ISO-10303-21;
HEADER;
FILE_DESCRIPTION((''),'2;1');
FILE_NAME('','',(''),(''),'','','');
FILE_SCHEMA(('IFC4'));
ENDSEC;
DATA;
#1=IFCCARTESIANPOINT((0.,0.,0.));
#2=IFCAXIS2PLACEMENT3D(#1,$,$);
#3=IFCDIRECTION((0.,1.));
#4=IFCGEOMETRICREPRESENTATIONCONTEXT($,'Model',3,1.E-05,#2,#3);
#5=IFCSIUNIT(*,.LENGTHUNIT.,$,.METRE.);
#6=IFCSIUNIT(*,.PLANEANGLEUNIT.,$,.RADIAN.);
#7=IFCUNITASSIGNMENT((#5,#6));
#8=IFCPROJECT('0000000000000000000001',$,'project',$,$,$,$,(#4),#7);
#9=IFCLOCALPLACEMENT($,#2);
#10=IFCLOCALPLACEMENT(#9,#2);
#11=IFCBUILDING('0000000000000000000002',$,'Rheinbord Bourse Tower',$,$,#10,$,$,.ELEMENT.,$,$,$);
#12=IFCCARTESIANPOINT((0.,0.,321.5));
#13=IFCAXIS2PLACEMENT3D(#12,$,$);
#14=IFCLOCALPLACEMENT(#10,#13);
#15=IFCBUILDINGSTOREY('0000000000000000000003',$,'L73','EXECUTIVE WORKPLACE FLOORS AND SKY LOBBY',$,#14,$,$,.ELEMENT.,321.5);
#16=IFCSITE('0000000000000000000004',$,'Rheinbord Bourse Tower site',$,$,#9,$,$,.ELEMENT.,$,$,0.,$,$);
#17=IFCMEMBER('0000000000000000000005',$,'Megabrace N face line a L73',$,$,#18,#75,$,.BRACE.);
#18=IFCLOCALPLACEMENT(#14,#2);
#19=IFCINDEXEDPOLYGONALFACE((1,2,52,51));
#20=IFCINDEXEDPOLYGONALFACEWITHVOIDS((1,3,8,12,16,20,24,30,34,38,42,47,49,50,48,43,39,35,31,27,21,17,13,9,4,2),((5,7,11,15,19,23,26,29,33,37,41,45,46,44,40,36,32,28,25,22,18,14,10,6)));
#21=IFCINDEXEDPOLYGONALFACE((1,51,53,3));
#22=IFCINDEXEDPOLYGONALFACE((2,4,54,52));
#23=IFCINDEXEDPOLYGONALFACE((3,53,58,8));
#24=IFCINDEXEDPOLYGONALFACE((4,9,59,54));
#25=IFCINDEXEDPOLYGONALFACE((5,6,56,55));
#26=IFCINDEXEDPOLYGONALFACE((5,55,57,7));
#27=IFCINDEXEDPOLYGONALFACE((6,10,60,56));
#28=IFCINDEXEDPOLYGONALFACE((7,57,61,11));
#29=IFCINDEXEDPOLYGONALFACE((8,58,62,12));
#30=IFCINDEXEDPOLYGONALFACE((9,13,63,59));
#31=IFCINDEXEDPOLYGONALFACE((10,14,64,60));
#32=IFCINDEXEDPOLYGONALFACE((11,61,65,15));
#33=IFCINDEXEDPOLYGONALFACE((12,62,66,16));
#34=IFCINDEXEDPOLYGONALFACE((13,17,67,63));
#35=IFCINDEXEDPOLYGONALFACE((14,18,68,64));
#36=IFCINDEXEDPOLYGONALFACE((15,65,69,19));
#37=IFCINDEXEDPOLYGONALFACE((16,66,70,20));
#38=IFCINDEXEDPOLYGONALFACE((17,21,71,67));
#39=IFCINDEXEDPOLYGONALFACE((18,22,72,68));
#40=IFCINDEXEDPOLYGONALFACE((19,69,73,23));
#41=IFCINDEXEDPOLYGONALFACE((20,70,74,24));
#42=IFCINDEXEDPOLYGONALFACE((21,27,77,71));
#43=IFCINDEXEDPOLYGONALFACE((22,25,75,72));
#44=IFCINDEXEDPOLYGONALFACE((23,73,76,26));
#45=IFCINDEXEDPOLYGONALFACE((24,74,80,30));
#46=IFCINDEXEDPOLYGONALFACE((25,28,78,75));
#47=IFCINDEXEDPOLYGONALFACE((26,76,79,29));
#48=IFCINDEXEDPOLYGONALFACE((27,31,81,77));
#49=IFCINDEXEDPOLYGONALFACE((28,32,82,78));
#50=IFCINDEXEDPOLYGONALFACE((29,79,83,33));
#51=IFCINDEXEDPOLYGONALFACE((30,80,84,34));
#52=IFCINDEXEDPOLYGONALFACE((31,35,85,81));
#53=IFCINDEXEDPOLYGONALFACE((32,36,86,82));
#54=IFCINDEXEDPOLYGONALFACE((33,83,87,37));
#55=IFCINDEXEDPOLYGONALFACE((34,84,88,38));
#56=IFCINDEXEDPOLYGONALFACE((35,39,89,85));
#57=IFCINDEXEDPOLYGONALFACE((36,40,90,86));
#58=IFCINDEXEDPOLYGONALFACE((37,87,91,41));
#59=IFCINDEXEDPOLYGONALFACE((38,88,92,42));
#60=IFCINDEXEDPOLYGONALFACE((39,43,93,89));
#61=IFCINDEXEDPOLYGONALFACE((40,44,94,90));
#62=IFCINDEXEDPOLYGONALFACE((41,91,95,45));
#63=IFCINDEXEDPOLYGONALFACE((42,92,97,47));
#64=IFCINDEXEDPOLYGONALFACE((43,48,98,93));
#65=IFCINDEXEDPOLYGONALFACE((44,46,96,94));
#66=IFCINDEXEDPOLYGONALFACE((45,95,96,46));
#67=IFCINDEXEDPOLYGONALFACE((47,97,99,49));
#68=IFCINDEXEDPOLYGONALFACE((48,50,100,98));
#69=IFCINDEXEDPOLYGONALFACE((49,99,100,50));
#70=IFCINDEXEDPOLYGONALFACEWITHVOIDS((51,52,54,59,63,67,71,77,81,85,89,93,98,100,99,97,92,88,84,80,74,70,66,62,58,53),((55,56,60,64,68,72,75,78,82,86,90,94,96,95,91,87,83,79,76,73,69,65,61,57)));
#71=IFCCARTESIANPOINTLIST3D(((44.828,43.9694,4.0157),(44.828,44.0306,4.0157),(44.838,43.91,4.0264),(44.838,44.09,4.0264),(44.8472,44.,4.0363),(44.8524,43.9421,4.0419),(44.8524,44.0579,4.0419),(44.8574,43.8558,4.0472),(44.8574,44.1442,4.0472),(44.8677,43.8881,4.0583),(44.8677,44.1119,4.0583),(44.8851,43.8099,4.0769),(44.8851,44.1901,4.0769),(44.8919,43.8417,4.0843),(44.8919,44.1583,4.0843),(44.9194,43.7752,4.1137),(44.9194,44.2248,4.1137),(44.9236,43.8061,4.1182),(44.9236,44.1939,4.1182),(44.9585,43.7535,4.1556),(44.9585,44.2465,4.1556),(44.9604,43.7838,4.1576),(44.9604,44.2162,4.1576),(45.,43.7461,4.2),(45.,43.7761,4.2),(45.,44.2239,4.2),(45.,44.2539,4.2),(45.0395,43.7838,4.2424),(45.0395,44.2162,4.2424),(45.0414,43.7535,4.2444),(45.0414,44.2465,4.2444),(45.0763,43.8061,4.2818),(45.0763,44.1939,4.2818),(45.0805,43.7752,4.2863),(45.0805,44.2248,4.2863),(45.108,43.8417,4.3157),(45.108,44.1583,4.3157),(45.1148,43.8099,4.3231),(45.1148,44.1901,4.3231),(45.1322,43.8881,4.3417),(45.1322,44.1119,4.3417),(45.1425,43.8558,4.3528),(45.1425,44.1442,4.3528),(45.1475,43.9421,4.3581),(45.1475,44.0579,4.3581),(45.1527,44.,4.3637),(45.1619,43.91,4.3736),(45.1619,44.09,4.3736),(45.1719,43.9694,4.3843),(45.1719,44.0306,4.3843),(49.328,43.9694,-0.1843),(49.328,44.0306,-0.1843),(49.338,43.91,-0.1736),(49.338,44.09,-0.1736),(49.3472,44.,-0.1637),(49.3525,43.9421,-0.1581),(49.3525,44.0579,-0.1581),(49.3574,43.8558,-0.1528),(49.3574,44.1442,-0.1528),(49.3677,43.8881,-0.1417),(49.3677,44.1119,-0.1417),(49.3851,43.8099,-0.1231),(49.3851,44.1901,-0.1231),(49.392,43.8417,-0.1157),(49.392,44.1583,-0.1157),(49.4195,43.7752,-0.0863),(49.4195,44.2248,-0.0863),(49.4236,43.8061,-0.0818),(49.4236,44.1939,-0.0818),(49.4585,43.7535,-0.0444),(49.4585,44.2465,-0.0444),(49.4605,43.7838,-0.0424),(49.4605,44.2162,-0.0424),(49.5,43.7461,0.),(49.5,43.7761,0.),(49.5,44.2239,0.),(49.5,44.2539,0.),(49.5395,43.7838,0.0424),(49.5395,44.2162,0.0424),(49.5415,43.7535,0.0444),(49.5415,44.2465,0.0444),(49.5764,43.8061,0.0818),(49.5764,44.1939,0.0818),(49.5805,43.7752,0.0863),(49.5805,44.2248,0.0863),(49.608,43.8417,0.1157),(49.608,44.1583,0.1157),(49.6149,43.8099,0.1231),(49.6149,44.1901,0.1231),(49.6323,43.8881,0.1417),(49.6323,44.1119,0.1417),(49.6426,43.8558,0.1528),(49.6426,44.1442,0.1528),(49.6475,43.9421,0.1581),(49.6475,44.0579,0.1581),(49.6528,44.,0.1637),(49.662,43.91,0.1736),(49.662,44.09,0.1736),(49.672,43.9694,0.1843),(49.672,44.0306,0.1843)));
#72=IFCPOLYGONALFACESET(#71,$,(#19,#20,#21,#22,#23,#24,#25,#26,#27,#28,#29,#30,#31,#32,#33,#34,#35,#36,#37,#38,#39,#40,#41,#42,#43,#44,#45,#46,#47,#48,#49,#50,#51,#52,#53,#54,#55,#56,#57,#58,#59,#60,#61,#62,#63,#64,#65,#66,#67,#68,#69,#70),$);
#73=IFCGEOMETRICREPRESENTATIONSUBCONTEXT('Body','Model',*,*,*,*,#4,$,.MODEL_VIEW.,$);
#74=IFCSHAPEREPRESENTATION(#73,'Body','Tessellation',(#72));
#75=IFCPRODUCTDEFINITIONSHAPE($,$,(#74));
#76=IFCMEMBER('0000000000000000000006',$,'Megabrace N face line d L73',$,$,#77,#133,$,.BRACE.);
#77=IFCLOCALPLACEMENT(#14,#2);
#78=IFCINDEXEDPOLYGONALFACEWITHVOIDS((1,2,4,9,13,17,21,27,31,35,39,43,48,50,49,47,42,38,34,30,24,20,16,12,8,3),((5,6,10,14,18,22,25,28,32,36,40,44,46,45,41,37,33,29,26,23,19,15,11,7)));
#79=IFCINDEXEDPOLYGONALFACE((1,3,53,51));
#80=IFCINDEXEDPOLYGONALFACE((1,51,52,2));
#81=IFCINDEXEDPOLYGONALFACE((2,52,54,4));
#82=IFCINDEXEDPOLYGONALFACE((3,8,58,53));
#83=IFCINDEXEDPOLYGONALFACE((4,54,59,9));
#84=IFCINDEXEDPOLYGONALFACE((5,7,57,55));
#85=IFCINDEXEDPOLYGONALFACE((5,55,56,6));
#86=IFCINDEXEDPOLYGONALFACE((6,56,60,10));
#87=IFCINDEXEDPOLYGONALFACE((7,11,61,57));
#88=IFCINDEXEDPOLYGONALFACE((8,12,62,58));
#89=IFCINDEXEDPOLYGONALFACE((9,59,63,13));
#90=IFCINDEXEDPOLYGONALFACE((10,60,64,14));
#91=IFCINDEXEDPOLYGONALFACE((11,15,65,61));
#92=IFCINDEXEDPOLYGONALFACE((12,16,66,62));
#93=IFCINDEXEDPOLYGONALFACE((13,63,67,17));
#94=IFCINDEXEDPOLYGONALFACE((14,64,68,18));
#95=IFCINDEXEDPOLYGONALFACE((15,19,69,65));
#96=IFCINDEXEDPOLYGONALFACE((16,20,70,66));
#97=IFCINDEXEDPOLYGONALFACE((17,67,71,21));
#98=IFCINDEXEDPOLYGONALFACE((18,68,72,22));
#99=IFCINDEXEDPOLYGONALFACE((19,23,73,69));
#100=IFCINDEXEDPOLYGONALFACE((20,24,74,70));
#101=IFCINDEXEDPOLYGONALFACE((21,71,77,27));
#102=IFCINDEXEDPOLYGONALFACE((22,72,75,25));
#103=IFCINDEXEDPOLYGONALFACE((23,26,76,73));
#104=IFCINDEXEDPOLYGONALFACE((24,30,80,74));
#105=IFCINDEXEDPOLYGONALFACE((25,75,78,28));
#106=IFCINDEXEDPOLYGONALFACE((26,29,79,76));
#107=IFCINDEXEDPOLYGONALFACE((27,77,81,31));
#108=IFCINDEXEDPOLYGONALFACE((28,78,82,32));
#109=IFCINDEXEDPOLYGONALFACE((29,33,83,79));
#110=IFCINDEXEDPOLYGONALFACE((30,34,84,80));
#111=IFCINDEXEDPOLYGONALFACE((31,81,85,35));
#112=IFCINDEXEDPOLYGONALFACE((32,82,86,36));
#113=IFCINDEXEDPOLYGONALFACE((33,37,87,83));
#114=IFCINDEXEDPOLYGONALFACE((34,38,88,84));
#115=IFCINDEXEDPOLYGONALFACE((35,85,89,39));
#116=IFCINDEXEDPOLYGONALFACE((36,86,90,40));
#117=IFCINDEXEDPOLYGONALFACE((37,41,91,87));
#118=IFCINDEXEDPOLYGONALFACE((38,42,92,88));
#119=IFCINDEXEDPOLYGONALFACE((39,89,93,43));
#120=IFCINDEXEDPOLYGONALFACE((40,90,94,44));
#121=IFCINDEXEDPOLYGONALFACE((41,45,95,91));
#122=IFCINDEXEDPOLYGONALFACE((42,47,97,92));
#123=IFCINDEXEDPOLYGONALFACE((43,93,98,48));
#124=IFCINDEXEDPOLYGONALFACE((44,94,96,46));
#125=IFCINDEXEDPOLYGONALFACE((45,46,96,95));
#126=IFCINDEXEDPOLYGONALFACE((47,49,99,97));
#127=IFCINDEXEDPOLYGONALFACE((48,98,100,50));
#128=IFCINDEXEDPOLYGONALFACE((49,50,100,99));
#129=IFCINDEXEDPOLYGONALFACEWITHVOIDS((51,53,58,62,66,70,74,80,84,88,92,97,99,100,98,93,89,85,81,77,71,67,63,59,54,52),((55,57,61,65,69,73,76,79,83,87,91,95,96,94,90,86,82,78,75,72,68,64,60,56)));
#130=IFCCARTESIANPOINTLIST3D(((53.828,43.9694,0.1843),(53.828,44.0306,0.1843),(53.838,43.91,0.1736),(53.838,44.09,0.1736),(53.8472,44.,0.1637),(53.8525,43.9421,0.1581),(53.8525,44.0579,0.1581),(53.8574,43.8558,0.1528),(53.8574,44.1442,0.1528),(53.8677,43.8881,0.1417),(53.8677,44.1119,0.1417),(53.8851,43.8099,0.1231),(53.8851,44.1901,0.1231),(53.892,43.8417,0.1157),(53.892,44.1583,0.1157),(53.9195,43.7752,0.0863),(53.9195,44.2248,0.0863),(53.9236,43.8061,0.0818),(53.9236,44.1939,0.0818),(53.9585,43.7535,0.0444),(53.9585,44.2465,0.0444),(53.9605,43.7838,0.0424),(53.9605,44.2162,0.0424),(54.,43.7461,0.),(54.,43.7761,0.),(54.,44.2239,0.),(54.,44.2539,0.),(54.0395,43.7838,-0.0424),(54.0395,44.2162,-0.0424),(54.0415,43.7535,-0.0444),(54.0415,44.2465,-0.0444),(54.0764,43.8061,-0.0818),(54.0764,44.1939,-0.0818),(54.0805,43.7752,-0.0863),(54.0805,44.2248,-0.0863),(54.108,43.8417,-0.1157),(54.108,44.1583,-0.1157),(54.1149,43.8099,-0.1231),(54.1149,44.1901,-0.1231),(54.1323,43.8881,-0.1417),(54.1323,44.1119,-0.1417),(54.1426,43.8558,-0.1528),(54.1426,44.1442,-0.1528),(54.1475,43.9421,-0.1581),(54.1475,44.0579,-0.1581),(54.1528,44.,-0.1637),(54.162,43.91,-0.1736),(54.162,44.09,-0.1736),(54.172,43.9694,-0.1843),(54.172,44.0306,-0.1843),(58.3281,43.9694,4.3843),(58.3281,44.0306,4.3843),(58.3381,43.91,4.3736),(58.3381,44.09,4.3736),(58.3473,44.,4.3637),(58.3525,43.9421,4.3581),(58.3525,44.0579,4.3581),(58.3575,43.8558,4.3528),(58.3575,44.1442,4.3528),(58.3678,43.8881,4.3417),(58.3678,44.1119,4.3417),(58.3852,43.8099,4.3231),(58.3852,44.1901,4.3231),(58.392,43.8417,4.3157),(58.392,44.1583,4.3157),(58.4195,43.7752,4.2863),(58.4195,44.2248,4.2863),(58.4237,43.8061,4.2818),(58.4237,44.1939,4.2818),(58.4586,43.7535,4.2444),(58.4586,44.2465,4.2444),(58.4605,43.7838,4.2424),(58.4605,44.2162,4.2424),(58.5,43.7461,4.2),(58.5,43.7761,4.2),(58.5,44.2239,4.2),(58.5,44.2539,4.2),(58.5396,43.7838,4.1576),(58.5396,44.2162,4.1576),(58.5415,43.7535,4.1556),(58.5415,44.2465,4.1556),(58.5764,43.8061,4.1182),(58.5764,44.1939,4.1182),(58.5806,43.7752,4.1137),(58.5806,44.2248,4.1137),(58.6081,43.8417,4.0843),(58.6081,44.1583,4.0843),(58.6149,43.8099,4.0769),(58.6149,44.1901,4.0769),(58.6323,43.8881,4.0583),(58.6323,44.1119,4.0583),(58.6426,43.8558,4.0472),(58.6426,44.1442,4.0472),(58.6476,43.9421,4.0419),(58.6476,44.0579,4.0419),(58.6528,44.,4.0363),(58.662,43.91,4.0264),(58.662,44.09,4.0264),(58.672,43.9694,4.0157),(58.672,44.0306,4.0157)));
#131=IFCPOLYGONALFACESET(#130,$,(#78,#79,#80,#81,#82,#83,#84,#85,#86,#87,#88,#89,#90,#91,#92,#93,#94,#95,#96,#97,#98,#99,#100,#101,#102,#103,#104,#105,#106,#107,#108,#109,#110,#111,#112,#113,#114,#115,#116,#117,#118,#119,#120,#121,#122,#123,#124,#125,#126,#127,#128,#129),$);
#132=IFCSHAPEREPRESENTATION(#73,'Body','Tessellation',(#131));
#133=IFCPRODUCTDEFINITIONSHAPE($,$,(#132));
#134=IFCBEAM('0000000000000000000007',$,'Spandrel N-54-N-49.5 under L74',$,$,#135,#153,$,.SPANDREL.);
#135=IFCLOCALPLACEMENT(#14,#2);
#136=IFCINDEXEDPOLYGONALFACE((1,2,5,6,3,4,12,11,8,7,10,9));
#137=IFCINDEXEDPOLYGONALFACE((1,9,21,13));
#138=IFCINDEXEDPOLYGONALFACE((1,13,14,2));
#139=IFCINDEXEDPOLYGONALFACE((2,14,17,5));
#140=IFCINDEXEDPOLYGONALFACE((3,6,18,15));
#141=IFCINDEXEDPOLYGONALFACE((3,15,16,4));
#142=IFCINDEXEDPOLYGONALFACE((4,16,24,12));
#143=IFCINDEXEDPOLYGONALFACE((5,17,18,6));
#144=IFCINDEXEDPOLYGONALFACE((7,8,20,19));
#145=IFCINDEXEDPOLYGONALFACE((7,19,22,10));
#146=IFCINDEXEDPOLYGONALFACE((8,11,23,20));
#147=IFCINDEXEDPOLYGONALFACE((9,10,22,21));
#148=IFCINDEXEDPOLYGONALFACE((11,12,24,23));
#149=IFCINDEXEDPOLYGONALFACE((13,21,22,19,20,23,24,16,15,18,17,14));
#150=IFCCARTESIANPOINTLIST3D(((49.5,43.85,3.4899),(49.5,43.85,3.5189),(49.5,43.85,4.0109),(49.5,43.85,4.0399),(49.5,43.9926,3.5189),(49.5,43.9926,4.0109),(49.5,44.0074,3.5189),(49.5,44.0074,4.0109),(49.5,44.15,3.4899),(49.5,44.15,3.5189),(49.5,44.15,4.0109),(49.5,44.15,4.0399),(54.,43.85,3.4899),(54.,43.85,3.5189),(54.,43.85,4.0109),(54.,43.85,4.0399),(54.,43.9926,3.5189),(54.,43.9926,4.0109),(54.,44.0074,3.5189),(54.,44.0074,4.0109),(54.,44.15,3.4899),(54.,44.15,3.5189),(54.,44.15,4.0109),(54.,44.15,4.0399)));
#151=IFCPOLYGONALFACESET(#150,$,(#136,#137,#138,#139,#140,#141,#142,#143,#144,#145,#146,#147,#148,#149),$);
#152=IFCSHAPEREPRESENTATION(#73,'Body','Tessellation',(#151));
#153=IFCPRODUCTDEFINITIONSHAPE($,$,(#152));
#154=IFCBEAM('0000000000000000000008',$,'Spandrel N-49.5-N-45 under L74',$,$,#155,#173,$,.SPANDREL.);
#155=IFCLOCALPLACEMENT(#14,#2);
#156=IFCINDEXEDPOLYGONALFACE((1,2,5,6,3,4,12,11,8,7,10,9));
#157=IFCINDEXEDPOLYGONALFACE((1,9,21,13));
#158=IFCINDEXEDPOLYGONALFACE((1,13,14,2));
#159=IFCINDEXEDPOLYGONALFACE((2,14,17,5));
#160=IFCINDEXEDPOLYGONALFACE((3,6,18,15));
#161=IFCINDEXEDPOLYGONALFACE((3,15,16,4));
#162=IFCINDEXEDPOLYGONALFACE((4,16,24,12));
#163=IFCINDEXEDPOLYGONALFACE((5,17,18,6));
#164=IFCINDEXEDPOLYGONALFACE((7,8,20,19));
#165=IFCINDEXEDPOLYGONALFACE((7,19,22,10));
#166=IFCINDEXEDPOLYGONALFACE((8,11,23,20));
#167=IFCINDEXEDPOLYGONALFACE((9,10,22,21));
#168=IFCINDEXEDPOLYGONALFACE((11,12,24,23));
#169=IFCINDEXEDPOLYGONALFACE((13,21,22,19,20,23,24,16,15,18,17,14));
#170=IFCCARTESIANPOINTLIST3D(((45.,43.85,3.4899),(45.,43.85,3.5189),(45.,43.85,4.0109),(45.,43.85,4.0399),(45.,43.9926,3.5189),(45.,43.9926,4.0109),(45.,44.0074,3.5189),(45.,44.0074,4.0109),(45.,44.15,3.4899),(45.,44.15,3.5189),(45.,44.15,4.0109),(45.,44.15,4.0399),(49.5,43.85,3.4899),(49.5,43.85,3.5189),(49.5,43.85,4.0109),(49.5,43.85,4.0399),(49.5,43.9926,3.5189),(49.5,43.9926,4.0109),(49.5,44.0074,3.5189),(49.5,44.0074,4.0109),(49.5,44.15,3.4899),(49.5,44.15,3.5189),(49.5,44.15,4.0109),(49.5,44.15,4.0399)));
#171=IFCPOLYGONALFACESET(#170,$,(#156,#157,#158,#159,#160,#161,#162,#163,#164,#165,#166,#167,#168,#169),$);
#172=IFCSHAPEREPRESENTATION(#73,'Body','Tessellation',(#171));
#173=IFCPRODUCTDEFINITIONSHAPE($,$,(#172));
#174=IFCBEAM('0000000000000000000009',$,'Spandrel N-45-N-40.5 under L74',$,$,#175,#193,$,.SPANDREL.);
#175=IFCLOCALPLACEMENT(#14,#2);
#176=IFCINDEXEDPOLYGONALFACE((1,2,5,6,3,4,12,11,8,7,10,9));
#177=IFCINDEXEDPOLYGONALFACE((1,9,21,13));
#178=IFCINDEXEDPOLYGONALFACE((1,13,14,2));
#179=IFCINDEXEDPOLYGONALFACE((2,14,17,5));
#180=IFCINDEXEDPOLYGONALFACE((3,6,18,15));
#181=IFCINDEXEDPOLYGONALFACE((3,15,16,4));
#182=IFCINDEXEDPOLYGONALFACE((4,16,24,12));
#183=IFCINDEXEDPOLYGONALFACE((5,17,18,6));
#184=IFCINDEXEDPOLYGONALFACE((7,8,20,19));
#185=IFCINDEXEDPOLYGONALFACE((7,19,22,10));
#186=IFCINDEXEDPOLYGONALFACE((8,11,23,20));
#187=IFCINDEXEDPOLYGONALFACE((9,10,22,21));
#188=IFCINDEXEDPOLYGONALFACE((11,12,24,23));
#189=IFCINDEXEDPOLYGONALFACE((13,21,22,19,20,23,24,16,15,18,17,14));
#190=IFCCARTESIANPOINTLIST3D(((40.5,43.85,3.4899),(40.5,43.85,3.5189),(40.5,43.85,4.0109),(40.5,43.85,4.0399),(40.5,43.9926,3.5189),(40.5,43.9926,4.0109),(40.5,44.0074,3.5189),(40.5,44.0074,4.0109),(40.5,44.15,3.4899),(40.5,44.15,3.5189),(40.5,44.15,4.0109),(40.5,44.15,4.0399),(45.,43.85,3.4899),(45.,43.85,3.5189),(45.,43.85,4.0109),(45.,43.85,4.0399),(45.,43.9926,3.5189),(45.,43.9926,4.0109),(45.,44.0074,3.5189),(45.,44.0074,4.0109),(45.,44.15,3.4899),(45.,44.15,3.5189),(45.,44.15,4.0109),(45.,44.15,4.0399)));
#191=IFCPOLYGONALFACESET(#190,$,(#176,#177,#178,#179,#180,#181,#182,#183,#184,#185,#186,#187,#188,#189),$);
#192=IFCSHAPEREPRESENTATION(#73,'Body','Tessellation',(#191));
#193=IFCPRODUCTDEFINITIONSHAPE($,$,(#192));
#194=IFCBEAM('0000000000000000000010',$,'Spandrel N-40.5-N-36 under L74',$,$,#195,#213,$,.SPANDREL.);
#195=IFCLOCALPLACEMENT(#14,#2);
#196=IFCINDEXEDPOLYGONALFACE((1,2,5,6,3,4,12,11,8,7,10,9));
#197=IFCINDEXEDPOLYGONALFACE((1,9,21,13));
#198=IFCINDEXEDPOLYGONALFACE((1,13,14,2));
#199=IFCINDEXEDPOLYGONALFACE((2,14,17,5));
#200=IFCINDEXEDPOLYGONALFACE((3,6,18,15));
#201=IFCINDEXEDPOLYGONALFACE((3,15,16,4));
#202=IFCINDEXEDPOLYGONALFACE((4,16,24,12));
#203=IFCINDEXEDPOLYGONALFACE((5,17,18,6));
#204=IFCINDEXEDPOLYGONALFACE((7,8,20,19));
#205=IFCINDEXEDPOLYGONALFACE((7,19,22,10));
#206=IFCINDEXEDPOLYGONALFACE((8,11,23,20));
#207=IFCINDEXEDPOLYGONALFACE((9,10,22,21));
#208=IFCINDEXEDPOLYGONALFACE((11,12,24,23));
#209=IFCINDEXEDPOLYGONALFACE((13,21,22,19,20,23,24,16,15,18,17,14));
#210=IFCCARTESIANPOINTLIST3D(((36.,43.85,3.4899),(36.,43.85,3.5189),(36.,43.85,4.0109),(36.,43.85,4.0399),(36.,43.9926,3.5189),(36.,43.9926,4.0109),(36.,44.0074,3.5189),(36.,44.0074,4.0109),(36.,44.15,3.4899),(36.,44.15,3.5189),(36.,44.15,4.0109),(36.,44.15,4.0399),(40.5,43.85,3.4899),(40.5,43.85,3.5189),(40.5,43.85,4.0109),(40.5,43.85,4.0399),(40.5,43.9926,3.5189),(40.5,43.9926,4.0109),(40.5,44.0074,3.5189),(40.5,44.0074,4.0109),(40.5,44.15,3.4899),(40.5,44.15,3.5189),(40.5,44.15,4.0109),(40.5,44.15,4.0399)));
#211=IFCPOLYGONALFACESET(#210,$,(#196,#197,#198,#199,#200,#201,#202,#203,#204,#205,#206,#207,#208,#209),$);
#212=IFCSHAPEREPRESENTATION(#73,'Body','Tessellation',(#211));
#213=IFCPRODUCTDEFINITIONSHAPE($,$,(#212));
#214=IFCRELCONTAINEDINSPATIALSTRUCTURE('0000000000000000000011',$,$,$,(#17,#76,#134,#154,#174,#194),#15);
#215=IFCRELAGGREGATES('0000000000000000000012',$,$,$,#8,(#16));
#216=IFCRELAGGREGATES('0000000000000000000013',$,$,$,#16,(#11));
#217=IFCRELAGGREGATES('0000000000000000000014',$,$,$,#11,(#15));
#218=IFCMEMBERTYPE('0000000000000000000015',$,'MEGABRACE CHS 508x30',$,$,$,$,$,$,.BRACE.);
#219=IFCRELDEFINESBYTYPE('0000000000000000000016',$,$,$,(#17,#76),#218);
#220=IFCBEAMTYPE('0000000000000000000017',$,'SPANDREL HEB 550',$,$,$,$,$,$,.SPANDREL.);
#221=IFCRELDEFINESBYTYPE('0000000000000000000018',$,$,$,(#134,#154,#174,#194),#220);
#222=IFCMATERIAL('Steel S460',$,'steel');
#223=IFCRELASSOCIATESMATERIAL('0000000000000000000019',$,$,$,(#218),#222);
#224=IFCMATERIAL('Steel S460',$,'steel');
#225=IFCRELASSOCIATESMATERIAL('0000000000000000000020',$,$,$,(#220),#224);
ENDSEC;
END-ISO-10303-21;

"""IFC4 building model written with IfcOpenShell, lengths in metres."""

from ifc_helpers import new_model, si_unit, direction, frame, origin, origin_2d, place, context, subcontext, project, spatial, hollow_circle, i_section, extrude, material, material_profile, profile_set, type_object, element, save


model = new_model("IFC4")

# Units and contexts
model_context = context("Model", 3, precision=1e-05, world=origin(), true_north=direction((0.0, 1.0)))
body_context = subcontext(model_context, "Body", "Model", "MODEL_VIEW")
ifc_project = project(units=[si_unit("LENGTHUNIT", "METRE"), si_unit("PLANEANGLEUNIT", "RADIAN")], contexts=[model_context])

# Site, building, storey
site_placement = place(None, origin())
site = spatial("IfcSite", under=ifc_project, at=site_placement, Name="Rheinbord Bourse Tower site", CompositionType="ELEMENT", RefElevation=0.0)
building_placement = place(site_placement, origin())
building = spatial("IfcBuilding", under=site, at=building_placement, Name="Rheinbord Bourse Tower", CompositionType="ELEMENT")
storey_placement = place(building_placement, frame((0.0, 0.0, 321.5)))
storey = spatial("IfcBuildingStorey", under=building, at=storey_placement, Name="L73", Description="EXECUTIVE WORKPLACE FLOORS AND SKY LOBBY", CompositionType="ELEMENT", Elevation=321.5)

# Members
ifc_material_1 = material(Name="Steel S460", Category="steel")
ifc_material_profile_1 = material_profile(ifc_material_1, hollow_circle(Radius=0.2539, WallThickness=0.03, at=origin_2d()), Name="CHS 508x30")
ifc_profile_set_1 = profile_set([ifc_material_profile_1], Name="Steel S460")
member_type_1 = type_object("IfcMemberType", Name="MEGABRACE CHS 508x30", PredefinedType="BRACE", material=ifc_profile_set_1)
for number, where, z_axis, x_axis, name in (
    (1, (49.5, 44.0, 0.0), (-0.731059, 0.0, 0.682314), (0.0, -1.0, 0.0), "Megabrace N face line a L73"),
    (2, (54.0, 44.0, 0.0), (0.731059, 0.0, 0.682314), (0.0, 1.0, 0.0), "Megabrace N face line d L73"),
):
    element("IfcMember", number, at=place(storey_placement, frame(where, z_axis=z_axis, x_axis=x_axis)), inside=storey, type_object=member_type_1, Name=name, PredefinedType="BRACE", context=body_context, shape_type="SweptSolid", body=[
        extrude(hollow_circle(Radius=0.2539, WallThickness=0.03, at=origin_2d()), origin(), (0.0, 0.0, 1.0), 6.1555),
    ])

# Beams
ifc_material_2 = material(Name="Steel S460", Category="steel")
ifc_material_profile_2 = material_profile(ifc_material_2, i_section(OverallWidth=0.3, OverallDepth=0.55, WebThickness=0.0149, FlangeThickness=0.0291, at=origin_2d()), Name="HEB 550")
ifc_profile_set_2 = profile_set([ifc_material_profile_2], Name="Steel S460")
beam_type_1 = type_object("IfcBeamType", Name="SPANDREL HEB 550", PredefinedType="SPANDREL", material=ifc_profile_set_2)
for number, where, z_axis, x_axis, name in (
    (3, (54.0, 44.0, 3.7649), (-1.0, 0.0, 0.0), (0.0, -1.0, 0.0), "Spandrel N-54-N-49.5 under L74"),
    (4, (49.5, 44.0, 3.7649), (-1.0, 0.0, 0.0), (0.0, -1.0, 0.0), "Spandrel N-49.5-N-45 under L74"),
    (5, (45.0, 44.0, 3.7649), (-1.0, 0.0, 0.0), (0.0, -1.0, 0.0), "Spandrel N-45-N-40.5 under L74"),
    (6, (40.5, 44.0, 3.7649), (-1.0, 0.0, 0.0), (0.0, -1.0, 0.0), "Spandrel N-40.5-N-36 under L74"),
):
    element("IfcBeam", number, at=place(storey_placement, frame(where, z_axis=z_axis, x_axis=x_axis)), inside=storey, type_object=beam_type_1, Name=name, PredefinedType="SPANDREL", context=body_context, shape_type="SweptSolid", body=[
        extrude(i_section(OverallWidth=0.3, OverallDepth=0.55, WebThickness=0.0149, FlangeThickness=0.0291, at=origin_2d()), origin(), (0.0, 0.0, 1.0), 4.5),
    ])

save(model, "model.ifc")
